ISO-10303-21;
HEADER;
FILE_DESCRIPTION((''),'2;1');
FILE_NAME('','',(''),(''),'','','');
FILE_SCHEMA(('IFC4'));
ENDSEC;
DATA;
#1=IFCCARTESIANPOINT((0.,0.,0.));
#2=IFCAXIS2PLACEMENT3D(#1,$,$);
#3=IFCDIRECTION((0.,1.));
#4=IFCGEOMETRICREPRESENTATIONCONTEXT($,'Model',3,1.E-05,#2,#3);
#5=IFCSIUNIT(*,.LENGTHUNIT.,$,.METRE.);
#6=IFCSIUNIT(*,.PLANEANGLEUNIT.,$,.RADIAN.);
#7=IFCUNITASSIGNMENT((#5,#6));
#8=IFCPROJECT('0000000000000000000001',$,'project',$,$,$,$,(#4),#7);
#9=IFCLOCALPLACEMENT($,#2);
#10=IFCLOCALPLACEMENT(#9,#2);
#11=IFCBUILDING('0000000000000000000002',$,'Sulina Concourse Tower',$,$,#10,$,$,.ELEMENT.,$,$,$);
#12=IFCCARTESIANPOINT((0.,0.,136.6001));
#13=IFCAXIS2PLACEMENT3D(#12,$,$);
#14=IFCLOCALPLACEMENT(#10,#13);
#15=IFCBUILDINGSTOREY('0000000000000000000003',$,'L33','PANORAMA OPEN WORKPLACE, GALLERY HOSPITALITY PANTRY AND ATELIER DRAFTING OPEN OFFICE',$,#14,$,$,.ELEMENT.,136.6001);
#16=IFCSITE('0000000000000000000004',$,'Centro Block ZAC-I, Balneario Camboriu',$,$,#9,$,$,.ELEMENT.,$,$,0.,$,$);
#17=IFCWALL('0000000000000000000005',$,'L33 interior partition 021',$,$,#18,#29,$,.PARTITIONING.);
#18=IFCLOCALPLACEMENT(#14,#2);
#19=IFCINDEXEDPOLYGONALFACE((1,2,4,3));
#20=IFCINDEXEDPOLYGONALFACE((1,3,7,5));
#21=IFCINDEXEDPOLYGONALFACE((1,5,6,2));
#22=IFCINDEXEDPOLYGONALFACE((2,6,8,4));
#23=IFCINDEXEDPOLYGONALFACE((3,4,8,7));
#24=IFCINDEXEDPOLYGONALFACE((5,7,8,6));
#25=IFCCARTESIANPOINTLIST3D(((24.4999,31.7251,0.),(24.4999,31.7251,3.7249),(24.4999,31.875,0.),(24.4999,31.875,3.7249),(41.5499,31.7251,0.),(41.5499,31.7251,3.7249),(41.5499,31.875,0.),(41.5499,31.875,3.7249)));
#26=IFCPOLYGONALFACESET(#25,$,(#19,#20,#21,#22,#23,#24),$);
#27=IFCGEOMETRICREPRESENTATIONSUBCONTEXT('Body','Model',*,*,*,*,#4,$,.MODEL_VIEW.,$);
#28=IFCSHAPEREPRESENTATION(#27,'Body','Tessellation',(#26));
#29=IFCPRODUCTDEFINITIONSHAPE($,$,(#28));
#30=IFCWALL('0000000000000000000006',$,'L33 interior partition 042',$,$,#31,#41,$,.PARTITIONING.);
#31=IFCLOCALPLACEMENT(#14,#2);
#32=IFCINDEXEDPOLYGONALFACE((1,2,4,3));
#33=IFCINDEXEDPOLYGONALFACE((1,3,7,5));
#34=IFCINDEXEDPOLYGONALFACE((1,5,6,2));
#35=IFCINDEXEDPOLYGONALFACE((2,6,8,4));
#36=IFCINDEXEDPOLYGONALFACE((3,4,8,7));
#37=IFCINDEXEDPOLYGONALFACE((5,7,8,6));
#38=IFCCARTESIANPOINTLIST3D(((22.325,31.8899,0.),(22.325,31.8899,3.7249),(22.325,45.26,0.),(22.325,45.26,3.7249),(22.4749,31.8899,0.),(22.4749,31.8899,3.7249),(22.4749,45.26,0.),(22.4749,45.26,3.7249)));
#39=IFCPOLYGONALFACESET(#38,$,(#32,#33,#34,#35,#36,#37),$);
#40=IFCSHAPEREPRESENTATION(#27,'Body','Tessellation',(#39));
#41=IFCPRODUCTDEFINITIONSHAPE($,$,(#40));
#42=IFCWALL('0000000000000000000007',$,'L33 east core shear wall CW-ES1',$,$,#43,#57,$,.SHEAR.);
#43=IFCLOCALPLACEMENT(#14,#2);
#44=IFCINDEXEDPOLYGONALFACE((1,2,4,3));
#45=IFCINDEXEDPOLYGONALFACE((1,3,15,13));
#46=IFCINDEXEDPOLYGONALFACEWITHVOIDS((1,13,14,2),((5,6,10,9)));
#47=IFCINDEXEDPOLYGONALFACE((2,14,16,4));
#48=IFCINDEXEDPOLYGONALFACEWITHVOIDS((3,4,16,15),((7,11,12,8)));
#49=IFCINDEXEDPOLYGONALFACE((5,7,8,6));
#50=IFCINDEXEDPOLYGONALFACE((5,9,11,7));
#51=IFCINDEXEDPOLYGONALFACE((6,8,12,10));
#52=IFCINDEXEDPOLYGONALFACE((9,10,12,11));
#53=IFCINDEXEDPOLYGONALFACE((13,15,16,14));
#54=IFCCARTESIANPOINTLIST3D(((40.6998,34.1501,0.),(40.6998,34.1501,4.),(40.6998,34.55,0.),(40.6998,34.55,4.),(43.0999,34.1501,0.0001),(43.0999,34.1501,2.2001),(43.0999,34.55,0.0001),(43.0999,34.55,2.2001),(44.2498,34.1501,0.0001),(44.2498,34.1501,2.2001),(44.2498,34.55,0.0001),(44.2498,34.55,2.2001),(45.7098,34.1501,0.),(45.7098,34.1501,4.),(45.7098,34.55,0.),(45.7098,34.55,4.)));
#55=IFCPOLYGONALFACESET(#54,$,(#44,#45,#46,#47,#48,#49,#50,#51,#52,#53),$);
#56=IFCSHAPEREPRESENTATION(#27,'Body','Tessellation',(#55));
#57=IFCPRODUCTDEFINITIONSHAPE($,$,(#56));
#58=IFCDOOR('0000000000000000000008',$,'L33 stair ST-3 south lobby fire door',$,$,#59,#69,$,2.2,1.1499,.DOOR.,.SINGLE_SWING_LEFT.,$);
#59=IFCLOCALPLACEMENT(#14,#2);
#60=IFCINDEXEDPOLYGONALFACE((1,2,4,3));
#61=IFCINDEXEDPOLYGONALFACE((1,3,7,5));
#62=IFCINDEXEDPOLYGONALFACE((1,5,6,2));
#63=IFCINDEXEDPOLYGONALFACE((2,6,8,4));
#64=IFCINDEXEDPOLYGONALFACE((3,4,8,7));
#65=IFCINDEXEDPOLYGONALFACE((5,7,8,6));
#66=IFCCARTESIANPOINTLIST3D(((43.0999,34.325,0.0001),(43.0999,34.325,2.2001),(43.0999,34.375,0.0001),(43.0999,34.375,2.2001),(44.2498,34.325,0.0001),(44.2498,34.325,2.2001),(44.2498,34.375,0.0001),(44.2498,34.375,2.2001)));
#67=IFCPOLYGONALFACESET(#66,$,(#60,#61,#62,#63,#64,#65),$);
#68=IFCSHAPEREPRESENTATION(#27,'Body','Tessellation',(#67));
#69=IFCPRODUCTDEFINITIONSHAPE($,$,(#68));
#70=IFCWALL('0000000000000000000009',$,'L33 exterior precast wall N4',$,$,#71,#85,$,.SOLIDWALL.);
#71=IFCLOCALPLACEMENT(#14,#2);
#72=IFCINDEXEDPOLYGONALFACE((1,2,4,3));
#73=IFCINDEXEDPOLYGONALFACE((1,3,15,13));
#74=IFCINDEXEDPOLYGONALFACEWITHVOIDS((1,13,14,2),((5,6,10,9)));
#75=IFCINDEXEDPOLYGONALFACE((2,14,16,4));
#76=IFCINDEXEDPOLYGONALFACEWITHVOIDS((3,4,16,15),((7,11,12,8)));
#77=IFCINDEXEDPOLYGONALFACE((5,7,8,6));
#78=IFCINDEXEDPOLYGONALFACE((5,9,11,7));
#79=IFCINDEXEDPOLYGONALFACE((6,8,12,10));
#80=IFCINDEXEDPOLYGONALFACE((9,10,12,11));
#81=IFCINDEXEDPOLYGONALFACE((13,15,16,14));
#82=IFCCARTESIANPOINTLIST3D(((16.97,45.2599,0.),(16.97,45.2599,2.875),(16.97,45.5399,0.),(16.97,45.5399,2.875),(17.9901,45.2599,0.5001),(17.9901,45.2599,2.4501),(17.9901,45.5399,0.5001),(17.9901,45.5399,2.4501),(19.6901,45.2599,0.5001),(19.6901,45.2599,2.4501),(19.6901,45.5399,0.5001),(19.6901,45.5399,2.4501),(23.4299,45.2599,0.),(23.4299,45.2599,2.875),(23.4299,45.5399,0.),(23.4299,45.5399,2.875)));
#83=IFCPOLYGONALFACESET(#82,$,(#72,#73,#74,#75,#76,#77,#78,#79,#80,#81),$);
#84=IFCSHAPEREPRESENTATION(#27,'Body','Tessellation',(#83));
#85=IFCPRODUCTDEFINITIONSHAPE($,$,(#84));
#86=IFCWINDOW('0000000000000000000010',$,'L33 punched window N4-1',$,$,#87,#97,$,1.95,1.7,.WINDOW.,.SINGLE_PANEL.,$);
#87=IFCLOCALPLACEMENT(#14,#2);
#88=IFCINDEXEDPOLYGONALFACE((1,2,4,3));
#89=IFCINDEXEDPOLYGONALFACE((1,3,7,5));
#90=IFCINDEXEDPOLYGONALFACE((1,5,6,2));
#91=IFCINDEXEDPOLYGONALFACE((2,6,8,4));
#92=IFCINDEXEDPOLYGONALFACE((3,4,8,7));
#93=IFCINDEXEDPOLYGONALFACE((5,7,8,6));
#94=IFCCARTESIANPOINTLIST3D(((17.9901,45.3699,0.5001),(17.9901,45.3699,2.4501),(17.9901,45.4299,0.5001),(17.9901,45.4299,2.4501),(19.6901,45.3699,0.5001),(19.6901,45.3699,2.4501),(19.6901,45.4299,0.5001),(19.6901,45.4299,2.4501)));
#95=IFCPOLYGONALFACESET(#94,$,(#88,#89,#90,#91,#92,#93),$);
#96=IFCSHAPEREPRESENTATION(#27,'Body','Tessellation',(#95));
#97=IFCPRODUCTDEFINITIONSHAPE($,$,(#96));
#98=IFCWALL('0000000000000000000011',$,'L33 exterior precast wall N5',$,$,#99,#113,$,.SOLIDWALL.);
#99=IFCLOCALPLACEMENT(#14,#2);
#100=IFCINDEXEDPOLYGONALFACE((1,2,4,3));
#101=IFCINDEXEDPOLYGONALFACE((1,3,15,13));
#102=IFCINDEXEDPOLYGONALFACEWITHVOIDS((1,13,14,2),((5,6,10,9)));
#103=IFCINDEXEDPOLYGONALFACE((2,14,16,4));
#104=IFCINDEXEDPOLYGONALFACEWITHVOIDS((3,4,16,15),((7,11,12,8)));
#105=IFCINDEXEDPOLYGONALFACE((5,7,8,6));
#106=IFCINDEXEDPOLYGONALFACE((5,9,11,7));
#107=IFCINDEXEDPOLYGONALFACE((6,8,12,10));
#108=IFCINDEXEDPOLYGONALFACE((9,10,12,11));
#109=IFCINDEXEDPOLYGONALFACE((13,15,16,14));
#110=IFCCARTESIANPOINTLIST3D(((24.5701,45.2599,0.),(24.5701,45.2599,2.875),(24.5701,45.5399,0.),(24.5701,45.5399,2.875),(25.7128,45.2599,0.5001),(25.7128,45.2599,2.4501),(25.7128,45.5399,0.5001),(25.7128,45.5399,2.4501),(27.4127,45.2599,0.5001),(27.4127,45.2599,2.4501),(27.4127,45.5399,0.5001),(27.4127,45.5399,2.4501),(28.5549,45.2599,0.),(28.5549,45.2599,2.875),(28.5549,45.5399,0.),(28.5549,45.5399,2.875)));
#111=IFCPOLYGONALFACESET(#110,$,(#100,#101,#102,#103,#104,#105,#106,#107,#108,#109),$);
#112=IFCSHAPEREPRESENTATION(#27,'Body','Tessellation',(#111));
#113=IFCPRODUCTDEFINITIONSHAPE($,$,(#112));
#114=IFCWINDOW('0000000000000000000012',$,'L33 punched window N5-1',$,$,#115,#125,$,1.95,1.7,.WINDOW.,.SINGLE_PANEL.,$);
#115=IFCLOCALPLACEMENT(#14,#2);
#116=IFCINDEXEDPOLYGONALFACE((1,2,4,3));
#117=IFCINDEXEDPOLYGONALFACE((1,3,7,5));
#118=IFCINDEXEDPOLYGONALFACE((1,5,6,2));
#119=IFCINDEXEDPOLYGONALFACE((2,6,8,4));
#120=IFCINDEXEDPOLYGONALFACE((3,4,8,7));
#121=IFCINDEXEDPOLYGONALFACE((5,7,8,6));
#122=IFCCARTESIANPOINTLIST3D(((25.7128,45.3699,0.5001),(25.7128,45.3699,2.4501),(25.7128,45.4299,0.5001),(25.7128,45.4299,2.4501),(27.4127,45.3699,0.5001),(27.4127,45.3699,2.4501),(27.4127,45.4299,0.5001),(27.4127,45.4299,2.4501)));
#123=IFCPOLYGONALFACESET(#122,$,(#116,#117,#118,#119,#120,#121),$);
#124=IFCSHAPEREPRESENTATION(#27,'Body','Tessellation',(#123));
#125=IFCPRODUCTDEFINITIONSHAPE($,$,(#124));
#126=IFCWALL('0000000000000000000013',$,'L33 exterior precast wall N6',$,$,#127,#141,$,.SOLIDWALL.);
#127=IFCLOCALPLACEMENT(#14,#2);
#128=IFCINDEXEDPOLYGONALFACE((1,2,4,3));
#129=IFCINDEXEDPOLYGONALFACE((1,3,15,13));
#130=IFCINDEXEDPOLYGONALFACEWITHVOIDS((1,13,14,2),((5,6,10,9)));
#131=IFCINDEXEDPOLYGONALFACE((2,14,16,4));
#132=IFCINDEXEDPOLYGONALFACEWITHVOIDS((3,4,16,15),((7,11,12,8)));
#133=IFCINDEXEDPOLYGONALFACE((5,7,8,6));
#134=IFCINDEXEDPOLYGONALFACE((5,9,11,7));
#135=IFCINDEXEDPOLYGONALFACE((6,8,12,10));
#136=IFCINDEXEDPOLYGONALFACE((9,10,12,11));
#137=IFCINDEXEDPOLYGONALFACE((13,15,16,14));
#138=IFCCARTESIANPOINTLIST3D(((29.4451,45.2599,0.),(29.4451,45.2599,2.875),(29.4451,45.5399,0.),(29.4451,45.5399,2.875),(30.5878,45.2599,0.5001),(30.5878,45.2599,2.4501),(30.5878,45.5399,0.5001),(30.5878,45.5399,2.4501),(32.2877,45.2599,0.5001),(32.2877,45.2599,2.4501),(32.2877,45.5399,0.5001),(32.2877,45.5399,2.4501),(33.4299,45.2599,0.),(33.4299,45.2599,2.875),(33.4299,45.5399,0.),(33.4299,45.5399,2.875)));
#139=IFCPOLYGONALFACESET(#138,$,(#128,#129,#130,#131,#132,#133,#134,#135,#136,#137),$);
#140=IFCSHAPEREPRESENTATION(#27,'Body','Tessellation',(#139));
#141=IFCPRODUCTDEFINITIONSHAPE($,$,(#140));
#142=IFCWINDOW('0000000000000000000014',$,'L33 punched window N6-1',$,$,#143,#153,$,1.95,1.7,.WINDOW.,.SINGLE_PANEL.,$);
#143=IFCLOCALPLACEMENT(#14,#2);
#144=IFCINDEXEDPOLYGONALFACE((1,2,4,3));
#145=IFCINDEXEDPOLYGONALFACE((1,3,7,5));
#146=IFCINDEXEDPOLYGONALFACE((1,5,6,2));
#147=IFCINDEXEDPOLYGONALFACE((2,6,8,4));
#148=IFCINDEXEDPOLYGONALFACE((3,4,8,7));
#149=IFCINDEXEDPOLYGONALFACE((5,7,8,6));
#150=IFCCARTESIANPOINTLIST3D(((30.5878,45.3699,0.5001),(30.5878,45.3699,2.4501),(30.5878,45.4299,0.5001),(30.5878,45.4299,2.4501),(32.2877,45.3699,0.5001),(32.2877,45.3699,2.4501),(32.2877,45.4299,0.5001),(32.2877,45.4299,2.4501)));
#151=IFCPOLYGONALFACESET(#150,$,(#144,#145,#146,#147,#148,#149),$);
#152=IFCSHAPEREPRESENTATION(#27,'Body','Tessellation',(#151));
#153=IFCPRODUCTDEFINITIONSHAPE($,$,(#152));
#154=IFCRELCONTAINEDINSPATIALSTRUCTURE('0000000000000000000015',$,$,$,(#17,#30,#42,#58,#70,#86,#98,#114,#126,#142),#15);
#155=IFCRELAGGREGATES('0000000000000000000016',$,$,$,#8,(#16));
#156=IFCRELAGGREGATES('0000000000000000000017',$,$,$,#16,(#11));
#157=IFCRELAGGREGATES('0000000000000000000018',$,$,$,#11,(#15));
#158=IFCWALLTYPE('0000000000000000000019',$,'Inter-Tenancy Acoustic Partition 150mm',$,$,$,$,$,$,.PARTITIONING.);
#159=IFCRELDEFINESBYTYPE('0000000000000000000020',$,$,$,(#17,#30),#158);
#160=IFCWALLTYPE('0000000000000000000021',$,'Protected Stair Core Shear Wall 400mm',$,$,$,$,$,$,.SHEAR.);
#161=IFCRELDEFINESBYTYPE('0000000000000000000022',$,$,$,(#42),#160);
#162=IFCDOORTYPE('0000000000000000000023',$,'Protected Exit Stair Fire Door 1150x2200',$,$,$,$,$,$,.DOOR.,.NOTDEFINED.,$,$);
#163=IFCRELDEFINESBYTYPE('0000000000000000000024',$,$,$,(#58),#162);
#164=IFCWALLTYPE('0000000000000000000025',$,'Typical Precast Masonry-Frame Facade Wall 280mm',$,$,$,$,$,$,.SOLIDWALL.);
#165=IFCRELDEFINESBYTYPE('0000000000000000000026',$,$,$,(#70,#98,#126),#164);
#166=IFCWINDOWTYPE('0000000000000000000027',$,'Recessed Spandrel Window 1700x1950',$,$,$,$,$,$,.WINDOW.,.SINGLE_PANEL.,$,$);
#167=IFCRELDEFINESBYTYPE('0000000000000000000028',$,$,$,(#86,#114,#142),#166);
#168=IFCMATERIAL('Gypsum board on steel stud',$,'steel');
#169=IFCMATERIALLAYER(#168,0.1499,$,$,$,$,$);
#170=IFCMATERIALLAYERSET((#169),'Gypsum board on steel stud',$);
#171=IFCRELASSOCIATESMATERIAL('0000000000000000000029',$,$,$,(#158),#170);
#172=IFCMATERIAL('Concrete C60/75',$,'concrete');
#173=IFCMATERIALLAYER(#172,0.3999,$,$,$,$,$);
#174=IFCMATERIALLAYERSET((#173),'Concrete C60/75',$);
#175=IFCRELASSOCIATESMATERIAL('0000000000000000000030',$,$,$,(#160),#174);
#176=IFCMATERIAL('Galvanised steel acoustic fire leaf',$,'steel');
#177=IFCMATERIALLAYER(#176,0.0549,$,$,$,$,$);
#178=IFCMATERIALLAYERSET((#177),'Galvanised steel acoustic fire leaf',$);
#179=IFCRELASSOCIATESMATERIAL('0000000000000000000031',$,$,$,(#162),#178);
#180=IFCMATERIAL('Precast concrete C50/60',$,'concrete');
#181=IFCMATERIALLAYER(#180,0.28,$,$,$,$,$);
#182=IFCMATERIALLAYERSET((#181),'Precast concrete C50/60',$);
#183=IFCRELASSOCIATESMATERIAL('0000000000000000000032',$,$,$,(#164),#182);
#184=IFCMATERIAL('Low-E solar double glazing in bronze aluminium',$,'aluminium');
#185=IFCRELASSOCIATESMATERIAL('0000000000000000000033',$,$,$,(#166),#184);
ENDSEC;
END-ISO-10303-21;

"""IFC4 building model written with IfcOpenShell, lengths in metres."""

from ifc_helpers import new_model, si_unit, direction, frame, frame_2d, origin, place, context, subcontext, project, spatial, rectangle, extrude, material, layer, layer_set, type_object, element, fill, save


model = new_model("IFC4")

# Units and contexts
model_context = context("Model", 3, precision=1e-05, world=origin(), true_north=direction((0.0, 1.0)))
body_context = subcontext(model_context, "Body", "Model", "MODEL_VIEW")
ifc_project = project(units=[si_unit("LENGTHUNIT", "METRE"), si_unit("PLANEANGLEUNIT", "RADIAN")], contexts=[model_context])

# Site, building, storey
site_placement = place(None, origin())
site = spatial("IfcSite", under=ifc_project, at=site_placement, Name="Centro Block ZAC-I, Balneario Camboriu", CompositionType="ELEMENT", RefElevation=0.0)
building_placement = place(site_placement, origin())
building = spatial("IfcBuilding", under=site, at=building_placement, Name="Sulina Concourse Tower", CompositionType="ELEMENT")
storey_placement = place(building_placement, frame((0.0, 0.0, 136.6001)))
storey = spatial("IfcBuildingStorey", under=building, at=storey_placement, Name="L33", Description="PANORAMA OPEN WORKPLACE, GALLERY HOSPITALITY PANTRY AND ATELIER DRAFTING OPEN OFFICE", CompositionType="ELEMENT", Elevation=136.6001)

# Walls
ifc_material_1 = material(Name="Gypsum board on steel stud", Category="steel")
ifc_layer_1 = layer(ifc_material_1, 0.1499)
ifc_layer_set_1 = layer_set([ifc_layer_1], Name="Gypsum board on steel stud")
wall_type_1 = type_object("IfcWallType", Name="Inter-Tenancy Acoustic Partition 150mm", PredefinedType="PARTITIONING", material=ifc_layer_set_1)
wall_1_placement = place(storey_placement, frame((24.5, 31.8, 0.0), z_axis=(0.0, 0.0, 1.0), x_axis=(1.0, 0.0, 0.0)))
element("IfcWall", 1, at=wall_1_placement, inside=storey, type_object=wall_type_1, Name="L33 interior partition 021", PredefinedType="PARTITIONING", context=body_context, shape_type="SweptSolid", body=[
    extrude(rectangle(XDim=17.05, YDim=0.1499, at=frame_2d((8.5249, 0.0))), origin(), (0.0, 0.0, 1.0), 3.7249),
])
wall_2_placement = place(storey_placement, frame((22.3999, 31.8899, 0.0), z_axis=(0.0, 0.0, 1.0), x_axis=(0.0, 1.0, 0.0)))
element("IfcWall", 2, at=wall_2_placement, inside=storey, type_object=wall_type_1, Name="L33 interior partition 042", PredefinedType="PARTITIONING", context=body_context, shape_type="SweptSolid", body=[
    extrude(rectangle(XDim=13.3701, YDim=0.1499, at=frame_2d((6.6851, 0.0))), origin(), (0.0, 0.0, 1.0), 3.7249),
])

# Wall, opening, door
ifc_material_2 = material(Name="Concrete C60/75", Category="concrete")
ifc_layer_2 = layer(ifc_material_2, 0.3999)
ifc_layer_set_2 = layer_set([ifc_layer_2], Name="Concrete C60/75")
wall_type_2 = type_object("IfcWallType", Name="Protected Stair Core Shear Wall 400mm", PredefinedType="SHEAR", material=ifc_layer_set_2)
wall_3_placement = place(storey_placement, frame((40.7, 34.3501, 0.0), z_axis=(0.0, 0.0, 1.0), x_axis=(1.0, 0.0, 0.0)))
wall_3 = element("IfcWall", 3, at=wall_3_placement, inside=storey, type_object=wall_type_2, Name="L33 east core shear wall CW-ES1", PredefinedType="SHEAR", context=body_context, shape_type="SweptSolid", body=[
    extrude(rectangle(XDim=5.01, YDim=0.3999, at=frame_2d((2.5049, 0.0))), origin(), (0.0, 0.0, 1.0), 4.0),
])
opening_1_placement = place(wall_3_placement, frame((2.3999, 0.0, 0.0)))
opening_1 = element("IfcOpeningElement", 4, at=opening_1_placement, cuts=wall_3, PredefinedType="OPENING", context=body_context, shape_type="SweptSolid", body=[
    extrude(rectangle(XDim=1.1499, YDim=2.2, at=frame_2d((0.575, 1.1001))), frame((0.0, 0.21, 0.0), z_axis=(0.0, -1.0, 0.0), x_axis=(1.0, 0.0, 0.0)), (0.0, 0.0, 1.0), 0.4199),
])
ifc_material_3 = material(Name="Galvanised steel acoustic fire leaf", Category="steel")
ifc_layer_3 = layer(ifc_material_3, 0.0549)
ifc_layer_set_3 = layer_set([ifc_layer_3], Name="Galvanised steel acoustic fire leaf")
door_type = type_object("IfcDoorType", Name="Protected Exit Stair Fire Door 1150x2200", OperationType="NOTDEFINED", PredefinedType="DOOR", material=ifc_layer_set_3)
door_placement = place(opening_1_placement, origin())
door = element("IfcDoor", 5, at=door_placement, inside=storey, type_object=door_type, Name="L33 stair ST-3 south lobby fire door", OperationType="SINGLE_SWING_LEFT", OverallHeight=2.2, OverallWidth=1.1499, PredefinedType="DOOR", context=body_context, shape_type="SweptSolid", body=[
    extrude(rectangle(XDim=1.1499, YDim=2.2, at=frame_2d((0.575, 1.1001))), frame((0.0, 0.0249, 0.0), z_axis=(0.0, -1.0, 0.0), x_axis=(1.0, 0.0, 0.0)), (0.0, 0.0, 1.0), 0.05),
])
fill(opening_1, door)

# Walls, openings, windows
ifc_material_4 = material(Name="Precast concrete C50/60", Category="concrete")
ifc_layer_4 = layer(ifc_material_4, 0.28)
ifc_layer_set_4 = layer_set([ifc_layer_4], Name="Precast concrete C50/60")
wall_type_3 = type_object("IfcWallType", Name="Typical Precast Masonry-Frame Facade Wall 280mm", PredefinedType="SOLIDWALL", material=ifc_layer_set_4)
wall_4_placement = place(storey_placement, frame((16.97, 45.3999, 0.0), z_axis=(0.0, 0.0, 1.0), x_axis=(1.0, 0.0, 0.0)))
wall_4 = element("IfcWall", 6, at=wall_4_placement, inside=storey, type_object=wall_type_3, Name="L33 exterior precast wall N4", PredefinedType="SOLIDWALL", context=body_context, shape_type="SweptSolid", body=[
    extrude(rectangle(XDim=6.46, YDim=0.28, at=frame_2d((3.23, 0.0))), origin(), (0.0, 0.0, 1.0), 2.875),
])
opening_2_placement = place(wall_4_placement, frame((1.02, 0.0, 0.5)))
opening_2 = element("IfcOpeningElement", 7, at=opening_2_placement, cuts=wall_4, PredefinedType="OPENING", context=body_context, shape_type="SweptSolid", body=[
    extrude(rectangle(XDim=1.7, YDim=1.95, at=frame_2d((0.8501, 0.9751))), frame((0.0, 0.1499, 0.0), z_axis=(0.0, -1.0, 0.0), x_axis=(1.0, 0.0, 0.0)), (0.0, 0.0, 1.0), 0.3),
])
ifc_material_5 = material(Name="Low-E solar double glazing in bronze aluminium", Category="aluminium")
window_type = type_object("IfcWindowType", Name="Recessed Spandrel Window 1700x1950", PartitioningType="SINGLE_PANEL", PredefinedType="WINDOW", material=ifc_material_5)
window_1_placement = place(opening_2_placement, origin())
window_1 = element("IfcWindow", 8, at=window_1_placement, inside=storey, type_object=window_type, Name="L33 punched window N4-1", OverallHeight=1.95, OverallWidth=1.7, PartitioningType="SINGLE_PANEL", PredefinedType="WINDOW", context=body_context, shape_type="SweptSolid", body=[
    extrude(rectangle(XDim=1.7, YDim=1.95, at=frame_2d((0.8501, 0.9751))), frame((0.0, 0.03, 0.0), z_axis=(0.0, -1.0, 0.0), x_axis=(1.0, 0.0, 0.0)), (0.0, 0.0, 1.0), 0.0601),
])
fill(opening_2, window_1)
wall_5_placement = place(storey_placement, frame((24.5701, 45.3999, 0.0), z_axis=(0.0, 0.0, 1.0), x_axis=(1.0, 0.0, 0.0)))
wall_5 = element("IfcWall", 9, at=wall_5_placement, inside=storey, type_object=wall_type_3, Name="L33 exterior precast wall N5", PredefinedType="SOLIDWALL", context=body_context, shape_type="SweptSolid", body=[
    extrude(rectangle(XDim=3.9849, YDim=0.28, at=frame_2d((1.9924, 0.0))), origin(), (0.0, 0.0, 1.0), 2.875),
])
opening_3_placement = place(wall_5_placement, frame((1.1426, 0.0, 0.5)))
opening_3 = element("IfcOpeningElement", 10, at=opening_3_placement, cuts=wall_5, PredefinedType="OPENING", context=body_context, shape_type="SweptSolid", body=[
    extrude(rectangle(XDim=1.7, YDim=1.95, at=frame_2d((0.8501, 0.9751))), frame((0.0, 0.1499, 0.0), z_axis=(0.0, -1.0, 0.0), x_axis=(1.0, 0.0, 0.0)), (0.0, 0.0, 1.0), 0.3),
])
window_2_placement = place(opening_3_placement, origin())
window_2 = element("IfcWindow", 11, at=window_2_placement, inside=storey, type_object=window_type, Name="L33 punched window N5-1", OverallHeight=1.95, OverallWidth=1.7, PartitioningType="SINGLE_PANEL", PredefinedType="WINDOW", context=body_context, shape_type="SweptSolid", body=[
    extrude(rectangle(XDim=1.7, YDim=1.95, at=frame_2d((0.8501, 0.9751))), frame((0.0, 0.03, 0.0), z_axis=(0.0, -1.0, 0.0), x_axis=(1.0, 0.0, 0.0)), (0.0, 0.0, 1.0), 0.0601),
])
fill(opening_3, window_2)
wall_6_placement = place(storey_placement, frame((29.4451, 45.3999, 0.0), z_axis=(0.0, 0.0, 1.0), x_axis=(1.0, 0.0, 0.0)))
wall_6 = element("IfcWall", 12, at=wall_6_placement, inside=storey, type_object=wall_type_3, Name="L33 exterior precast wall N6", PredefinedType="SOLIDWALL", context=body_context, shape_type="SweptSolid", body=[
    extrude(rectangle(XDim=3.9849, YDim=0.28, at=frame_2d((1.9924, 0.0))), origin(), (0.0, 0.0, 1.0), 2.875),
])
opening_4_placement = place(wall_6_placement, frame((1.1426, 0.0, 0.5)))
opening_4 = element("IfcOpeningElement", 13, at=opening_4_placement, cuts=wall_6, PredefinedType="OPENING", context=body_context, shape_type="SweptSolid", body=[
    extrude(rectangle(XDim=1.7, YDim=1.95, at=frame_2d((0.8501, 0.9751))), frame((0.0, 0.1499, 0.0), z_axis=(0.0, -1.0, 0.0), x_axis=(1.0, 0.0, 0.0)), (0.0, 0.0, 1.0), 0.3),
])
window_3_placement = place(opening_4_placement, origin())
window_3 = element("IfcWindow", 14, at=window_3_placement, inside=storey, type_object=window_type, Name="L33 punched window N6-1", OverallHeight=1.95, OverallWidth=1.7, PartitioningType="SINGLE_PANEL", PredefinedType="WINDOW", context=body_context, shape_type="SweptSolid", body=[
    extrude(rectangle(XDim=1.7, YDim=1.95, at=frame_2d((0.8501, 0.9751))), frame((0.0, 0.03, 0.0), z_axis=(0.0, -1.0, 0.0), x_axis=(1.0, 0.0, 0.0)), (0.0, 0.0, 1.0), 0.0601),
])
fill(opening_4, window_3)

save(model, "model.ifc")
